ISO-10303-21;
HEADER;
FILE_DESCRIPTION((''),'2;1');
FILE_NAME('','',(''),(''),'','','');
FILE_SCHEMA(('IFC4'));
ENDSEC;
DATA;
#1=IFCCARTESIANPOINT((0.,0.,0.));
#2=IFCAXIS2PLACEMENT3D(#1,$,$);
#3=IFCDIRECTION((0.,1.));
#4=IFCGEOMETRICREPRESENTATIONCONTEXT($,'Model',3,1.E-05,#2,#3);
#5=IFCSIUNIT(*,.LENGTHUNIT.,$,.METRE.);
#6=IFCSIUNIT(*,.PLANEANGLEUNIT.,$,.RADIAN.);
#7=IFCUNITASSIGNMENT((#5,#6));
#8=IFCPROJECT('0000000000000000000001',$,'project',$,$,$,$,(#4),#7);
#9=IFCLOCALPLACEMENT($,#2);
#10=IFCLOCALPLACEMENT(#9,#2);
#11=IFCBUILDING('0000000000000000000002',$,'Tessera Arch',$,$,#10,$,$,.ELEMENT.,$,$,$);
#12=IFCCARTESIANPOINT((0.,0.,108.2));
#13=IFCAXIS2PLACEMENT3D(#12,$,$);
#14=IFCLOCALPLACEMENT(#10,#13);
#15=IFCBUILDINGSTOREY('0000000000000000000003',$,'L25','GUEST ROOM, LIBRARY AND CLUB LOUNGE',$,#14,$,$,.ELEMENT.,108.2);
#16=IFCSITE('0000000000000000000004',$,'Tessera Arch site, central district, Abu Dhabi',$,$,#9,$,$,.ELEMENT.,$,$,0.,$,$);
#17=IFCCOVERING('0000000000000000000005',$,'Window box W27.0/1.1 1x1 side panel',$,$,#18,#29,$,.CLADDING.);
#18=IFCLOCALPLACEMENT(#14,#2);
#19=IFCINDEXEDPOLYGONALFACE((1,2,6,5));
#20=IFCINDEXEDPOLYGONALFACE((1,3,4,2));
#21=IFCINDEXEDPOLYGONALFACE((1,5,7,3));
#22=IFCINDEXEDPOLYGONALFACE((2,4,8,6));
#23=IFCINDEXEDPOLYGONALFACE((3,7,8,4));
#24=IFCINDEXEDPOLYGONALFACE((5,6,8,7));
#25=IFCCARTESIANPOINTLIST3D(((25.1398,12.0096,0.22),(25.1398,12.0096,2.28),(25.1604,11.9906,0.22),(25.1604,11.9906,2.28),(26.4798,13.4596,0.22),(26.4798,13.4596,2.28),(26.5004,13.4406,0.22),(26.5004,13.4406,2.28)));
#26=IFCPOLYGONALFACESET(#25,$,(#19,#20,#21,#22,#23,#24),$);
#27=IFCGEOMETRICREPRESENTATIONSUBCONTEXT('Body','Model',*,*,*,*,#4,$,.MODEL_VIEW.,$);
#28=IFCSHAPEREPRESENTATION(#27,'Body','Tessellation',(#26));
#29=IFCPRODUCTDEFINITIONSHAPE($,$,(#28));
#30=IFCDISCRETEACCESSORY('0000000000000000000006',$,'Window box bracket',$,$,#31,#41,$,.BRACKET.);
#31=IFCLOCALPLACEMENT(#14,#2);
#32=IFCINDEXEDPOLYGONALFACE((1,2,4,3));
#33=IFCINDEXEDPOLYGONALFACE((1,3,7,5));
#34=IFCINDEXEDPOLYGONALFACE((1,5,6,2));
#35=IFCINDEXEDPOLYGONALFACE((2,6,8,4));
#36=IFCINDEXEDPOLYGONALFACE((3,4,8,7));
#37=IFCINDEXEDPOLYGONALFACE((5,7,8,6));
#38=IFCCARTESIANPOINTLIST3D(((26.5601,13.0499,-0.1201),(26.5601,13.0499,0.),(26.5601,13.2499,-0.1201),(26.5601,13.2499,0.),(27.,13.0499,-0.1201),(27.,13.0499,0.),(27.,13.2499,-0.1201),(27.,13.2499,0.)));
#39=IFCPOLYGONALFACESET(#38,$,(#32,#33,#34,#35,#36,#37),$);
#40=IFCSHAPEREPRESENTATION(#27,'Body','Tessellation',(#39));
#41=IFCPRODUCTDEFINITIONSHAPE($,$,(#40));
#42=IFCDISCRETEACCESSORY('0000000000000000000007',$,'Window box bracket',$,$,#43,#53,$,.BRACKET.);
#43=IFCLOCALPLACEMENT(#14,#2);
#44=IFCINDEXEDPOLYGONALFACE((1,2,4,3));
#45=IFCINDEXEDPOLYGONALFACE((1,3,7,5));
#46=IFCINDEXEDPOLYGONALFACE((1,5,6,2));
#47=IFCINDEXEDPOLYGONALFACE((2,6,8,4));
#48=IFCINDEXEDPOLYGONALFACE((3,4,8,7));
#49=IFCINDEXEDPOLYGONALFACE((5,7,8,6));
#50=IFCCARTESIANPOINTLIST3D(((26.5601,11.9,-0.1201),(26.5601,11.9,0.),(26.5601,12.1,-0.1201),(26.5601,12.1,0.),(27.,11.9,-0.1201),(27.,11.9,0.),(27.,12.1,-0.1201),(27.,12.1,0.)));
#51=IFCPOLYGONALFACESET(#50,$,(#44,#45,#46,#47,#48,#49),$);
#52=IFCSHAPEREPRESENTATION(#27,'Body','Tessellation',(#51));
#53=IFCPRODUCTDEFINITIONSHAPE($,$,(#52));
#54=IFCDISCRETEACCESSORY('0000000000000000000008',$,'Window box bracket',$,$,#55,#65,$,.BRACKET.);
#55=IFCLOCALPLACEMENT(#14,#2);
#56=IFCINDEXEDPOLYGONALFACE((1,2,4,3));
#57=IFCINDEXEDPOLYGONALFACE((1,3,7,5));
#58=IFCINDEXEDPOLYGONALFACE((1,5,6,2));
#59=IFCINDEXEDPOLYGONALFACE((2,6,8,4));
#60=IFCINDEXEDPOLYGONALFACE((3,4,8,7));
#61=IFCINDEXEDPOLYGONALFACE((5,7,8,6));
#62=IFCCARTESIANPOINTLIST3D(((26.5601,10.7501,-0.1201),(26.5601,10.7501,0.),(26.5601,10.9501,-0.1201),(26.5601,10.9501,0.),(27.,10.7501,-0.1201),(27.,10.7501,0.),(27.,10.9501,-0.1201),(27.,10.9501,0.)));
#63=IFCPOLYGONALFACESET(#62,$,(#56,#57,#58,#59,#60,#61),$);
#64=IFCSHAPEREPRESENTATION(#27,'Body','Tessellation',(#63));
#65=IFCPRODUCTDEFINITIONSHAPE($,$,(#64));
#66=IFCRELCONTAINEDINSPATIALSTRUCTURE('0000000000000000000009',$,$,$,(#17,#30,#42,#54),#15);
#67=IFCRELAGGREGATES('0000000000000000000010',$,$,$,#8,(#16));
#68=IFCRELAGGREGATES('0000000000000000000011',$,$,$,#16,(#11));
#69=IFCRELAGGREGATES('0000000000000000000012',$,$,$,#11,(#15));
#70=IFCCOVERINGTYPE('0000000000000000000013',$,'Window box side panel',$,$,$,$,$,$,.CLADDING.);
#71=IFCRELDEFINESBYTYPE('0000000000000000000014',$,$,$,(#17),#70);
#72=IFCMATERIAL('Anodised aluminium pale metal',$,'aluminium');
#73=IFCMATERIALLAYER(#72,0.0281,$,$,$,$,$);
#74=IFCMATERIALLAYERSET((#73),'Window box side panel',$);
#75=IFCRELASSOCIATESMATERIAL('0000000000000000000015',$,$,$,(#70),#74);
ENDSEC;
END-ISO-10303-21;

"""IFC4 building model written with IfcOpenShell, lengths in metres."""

from ifc_helpers import new_model, si_unit, direction, frame, origin, origin_2d, place, context, subcontext, project, spatial, rectangle, extrude, material, layer, layer_set, type_object, element, save


model = new_model("IFC4")

# Units and contexts
model_context = context("Model", 3, precision=1e-05, world=origin(), true_north=direction((0.0, 1.0)))
body_context = subcontext(model_context, "Body", "Model", "MODEL_VIEW")
ifc_project = project(units=[si_unit("LENGTHUNIT", "METRE"), si_unit("PLANEANGLEUNIT", "RADIAN")], contexts=[model_context])

# Site, building, storey
site_placement = place(None, origin())
site = spatial("IfcSite", under=ifc_project, at=site_placement, Name="Tessera Arch site, central district, Abu Dhabi", CompositionType="ELEMENT", RefElevation=0.0)
building_placement = place(site_placement, origin())
building = spatial("IfcBuilding", under=site, at=building_placement, Name="Tessera Arch", CompositionType="ELEMENT")
storey_placement = place(building_placement, frame((0.0, 0.0, 108.2)))
storey = spatial("IfcBuildingStorey", under=building, at=storey_placement, Name="L25", Description="GUEST ROOM, LIBRARY AND CLUB LOUNGE", CompositionType="ELEMENT", Elevation=108.2)

# Covering
ifc_material_1 = material(Name="Anodised aluminium pale metal", Category="aluminium")
ifc_layer_1 = layer(ifc_material_1, 0.0281)
ifc_layer_set_1 = layer_set([ifc_layer_1], Name="Window box side panel")
covering_type = type_object("IfcCoveringType", Name="Window box side panel", PredefinedType="CLADDING", material=ifc_layer_set_1)
covering_placement = place(storey_placement, frame((25.8201, 12.7251, 0.22), z_axis=(0.0, 0.0, 1.0), x_axis=(-0.678701, -0.734415, 0.0)))
element("IfcCovering", 1, at=covering_placement, inside=storey, type_object=covering_type, Name="Window box W27.0/1.1 1x1 side panel", PredefinedType="CLADDING", context=body_context, shape_type="SweptSolid", body=[
    extrude(rectangle(XDim=1.9744, YDim=0.0281, at=origin_2d()), origin(), (0.0, 0.0, 1.0), 2.0601),
])

# Discrete accessories
for number, where, z_axis, x_axis, name in (
    (2, (26.78, 13.1499, -0.1201), (0.0, 0.0, 1.0), (-1.0, 0.0, 0.0), "Window box bracket"),
    (3, (26.78, 12.0, -0.1201), (0.0, 0.0, 1.0), (-1.0, 0.0, 0.0), "Window box bracket"),
    (4, (26.78, 10.8501, -0.1201), (0.0, 0.0, 1.0), (-1.0, 0.0, 0.0), "Window box bracket"),
):
    element("IfcDiscreteAccessory", number, at=place(storey_placement, frame(where, z_axis=z_axis, x_axis=x_axis)), inside=storey, Name=name, PredefinedType="BRACKET", context=body_context, shape_type="SweptSolid", body=[
        extrude(rectangle(XDim=0.4399, YDim=0.2, at=origin_2d()), origin(), (0.0, 0.0, 1.0), 0.1201),
    ])

save(model, "model.ifc")
